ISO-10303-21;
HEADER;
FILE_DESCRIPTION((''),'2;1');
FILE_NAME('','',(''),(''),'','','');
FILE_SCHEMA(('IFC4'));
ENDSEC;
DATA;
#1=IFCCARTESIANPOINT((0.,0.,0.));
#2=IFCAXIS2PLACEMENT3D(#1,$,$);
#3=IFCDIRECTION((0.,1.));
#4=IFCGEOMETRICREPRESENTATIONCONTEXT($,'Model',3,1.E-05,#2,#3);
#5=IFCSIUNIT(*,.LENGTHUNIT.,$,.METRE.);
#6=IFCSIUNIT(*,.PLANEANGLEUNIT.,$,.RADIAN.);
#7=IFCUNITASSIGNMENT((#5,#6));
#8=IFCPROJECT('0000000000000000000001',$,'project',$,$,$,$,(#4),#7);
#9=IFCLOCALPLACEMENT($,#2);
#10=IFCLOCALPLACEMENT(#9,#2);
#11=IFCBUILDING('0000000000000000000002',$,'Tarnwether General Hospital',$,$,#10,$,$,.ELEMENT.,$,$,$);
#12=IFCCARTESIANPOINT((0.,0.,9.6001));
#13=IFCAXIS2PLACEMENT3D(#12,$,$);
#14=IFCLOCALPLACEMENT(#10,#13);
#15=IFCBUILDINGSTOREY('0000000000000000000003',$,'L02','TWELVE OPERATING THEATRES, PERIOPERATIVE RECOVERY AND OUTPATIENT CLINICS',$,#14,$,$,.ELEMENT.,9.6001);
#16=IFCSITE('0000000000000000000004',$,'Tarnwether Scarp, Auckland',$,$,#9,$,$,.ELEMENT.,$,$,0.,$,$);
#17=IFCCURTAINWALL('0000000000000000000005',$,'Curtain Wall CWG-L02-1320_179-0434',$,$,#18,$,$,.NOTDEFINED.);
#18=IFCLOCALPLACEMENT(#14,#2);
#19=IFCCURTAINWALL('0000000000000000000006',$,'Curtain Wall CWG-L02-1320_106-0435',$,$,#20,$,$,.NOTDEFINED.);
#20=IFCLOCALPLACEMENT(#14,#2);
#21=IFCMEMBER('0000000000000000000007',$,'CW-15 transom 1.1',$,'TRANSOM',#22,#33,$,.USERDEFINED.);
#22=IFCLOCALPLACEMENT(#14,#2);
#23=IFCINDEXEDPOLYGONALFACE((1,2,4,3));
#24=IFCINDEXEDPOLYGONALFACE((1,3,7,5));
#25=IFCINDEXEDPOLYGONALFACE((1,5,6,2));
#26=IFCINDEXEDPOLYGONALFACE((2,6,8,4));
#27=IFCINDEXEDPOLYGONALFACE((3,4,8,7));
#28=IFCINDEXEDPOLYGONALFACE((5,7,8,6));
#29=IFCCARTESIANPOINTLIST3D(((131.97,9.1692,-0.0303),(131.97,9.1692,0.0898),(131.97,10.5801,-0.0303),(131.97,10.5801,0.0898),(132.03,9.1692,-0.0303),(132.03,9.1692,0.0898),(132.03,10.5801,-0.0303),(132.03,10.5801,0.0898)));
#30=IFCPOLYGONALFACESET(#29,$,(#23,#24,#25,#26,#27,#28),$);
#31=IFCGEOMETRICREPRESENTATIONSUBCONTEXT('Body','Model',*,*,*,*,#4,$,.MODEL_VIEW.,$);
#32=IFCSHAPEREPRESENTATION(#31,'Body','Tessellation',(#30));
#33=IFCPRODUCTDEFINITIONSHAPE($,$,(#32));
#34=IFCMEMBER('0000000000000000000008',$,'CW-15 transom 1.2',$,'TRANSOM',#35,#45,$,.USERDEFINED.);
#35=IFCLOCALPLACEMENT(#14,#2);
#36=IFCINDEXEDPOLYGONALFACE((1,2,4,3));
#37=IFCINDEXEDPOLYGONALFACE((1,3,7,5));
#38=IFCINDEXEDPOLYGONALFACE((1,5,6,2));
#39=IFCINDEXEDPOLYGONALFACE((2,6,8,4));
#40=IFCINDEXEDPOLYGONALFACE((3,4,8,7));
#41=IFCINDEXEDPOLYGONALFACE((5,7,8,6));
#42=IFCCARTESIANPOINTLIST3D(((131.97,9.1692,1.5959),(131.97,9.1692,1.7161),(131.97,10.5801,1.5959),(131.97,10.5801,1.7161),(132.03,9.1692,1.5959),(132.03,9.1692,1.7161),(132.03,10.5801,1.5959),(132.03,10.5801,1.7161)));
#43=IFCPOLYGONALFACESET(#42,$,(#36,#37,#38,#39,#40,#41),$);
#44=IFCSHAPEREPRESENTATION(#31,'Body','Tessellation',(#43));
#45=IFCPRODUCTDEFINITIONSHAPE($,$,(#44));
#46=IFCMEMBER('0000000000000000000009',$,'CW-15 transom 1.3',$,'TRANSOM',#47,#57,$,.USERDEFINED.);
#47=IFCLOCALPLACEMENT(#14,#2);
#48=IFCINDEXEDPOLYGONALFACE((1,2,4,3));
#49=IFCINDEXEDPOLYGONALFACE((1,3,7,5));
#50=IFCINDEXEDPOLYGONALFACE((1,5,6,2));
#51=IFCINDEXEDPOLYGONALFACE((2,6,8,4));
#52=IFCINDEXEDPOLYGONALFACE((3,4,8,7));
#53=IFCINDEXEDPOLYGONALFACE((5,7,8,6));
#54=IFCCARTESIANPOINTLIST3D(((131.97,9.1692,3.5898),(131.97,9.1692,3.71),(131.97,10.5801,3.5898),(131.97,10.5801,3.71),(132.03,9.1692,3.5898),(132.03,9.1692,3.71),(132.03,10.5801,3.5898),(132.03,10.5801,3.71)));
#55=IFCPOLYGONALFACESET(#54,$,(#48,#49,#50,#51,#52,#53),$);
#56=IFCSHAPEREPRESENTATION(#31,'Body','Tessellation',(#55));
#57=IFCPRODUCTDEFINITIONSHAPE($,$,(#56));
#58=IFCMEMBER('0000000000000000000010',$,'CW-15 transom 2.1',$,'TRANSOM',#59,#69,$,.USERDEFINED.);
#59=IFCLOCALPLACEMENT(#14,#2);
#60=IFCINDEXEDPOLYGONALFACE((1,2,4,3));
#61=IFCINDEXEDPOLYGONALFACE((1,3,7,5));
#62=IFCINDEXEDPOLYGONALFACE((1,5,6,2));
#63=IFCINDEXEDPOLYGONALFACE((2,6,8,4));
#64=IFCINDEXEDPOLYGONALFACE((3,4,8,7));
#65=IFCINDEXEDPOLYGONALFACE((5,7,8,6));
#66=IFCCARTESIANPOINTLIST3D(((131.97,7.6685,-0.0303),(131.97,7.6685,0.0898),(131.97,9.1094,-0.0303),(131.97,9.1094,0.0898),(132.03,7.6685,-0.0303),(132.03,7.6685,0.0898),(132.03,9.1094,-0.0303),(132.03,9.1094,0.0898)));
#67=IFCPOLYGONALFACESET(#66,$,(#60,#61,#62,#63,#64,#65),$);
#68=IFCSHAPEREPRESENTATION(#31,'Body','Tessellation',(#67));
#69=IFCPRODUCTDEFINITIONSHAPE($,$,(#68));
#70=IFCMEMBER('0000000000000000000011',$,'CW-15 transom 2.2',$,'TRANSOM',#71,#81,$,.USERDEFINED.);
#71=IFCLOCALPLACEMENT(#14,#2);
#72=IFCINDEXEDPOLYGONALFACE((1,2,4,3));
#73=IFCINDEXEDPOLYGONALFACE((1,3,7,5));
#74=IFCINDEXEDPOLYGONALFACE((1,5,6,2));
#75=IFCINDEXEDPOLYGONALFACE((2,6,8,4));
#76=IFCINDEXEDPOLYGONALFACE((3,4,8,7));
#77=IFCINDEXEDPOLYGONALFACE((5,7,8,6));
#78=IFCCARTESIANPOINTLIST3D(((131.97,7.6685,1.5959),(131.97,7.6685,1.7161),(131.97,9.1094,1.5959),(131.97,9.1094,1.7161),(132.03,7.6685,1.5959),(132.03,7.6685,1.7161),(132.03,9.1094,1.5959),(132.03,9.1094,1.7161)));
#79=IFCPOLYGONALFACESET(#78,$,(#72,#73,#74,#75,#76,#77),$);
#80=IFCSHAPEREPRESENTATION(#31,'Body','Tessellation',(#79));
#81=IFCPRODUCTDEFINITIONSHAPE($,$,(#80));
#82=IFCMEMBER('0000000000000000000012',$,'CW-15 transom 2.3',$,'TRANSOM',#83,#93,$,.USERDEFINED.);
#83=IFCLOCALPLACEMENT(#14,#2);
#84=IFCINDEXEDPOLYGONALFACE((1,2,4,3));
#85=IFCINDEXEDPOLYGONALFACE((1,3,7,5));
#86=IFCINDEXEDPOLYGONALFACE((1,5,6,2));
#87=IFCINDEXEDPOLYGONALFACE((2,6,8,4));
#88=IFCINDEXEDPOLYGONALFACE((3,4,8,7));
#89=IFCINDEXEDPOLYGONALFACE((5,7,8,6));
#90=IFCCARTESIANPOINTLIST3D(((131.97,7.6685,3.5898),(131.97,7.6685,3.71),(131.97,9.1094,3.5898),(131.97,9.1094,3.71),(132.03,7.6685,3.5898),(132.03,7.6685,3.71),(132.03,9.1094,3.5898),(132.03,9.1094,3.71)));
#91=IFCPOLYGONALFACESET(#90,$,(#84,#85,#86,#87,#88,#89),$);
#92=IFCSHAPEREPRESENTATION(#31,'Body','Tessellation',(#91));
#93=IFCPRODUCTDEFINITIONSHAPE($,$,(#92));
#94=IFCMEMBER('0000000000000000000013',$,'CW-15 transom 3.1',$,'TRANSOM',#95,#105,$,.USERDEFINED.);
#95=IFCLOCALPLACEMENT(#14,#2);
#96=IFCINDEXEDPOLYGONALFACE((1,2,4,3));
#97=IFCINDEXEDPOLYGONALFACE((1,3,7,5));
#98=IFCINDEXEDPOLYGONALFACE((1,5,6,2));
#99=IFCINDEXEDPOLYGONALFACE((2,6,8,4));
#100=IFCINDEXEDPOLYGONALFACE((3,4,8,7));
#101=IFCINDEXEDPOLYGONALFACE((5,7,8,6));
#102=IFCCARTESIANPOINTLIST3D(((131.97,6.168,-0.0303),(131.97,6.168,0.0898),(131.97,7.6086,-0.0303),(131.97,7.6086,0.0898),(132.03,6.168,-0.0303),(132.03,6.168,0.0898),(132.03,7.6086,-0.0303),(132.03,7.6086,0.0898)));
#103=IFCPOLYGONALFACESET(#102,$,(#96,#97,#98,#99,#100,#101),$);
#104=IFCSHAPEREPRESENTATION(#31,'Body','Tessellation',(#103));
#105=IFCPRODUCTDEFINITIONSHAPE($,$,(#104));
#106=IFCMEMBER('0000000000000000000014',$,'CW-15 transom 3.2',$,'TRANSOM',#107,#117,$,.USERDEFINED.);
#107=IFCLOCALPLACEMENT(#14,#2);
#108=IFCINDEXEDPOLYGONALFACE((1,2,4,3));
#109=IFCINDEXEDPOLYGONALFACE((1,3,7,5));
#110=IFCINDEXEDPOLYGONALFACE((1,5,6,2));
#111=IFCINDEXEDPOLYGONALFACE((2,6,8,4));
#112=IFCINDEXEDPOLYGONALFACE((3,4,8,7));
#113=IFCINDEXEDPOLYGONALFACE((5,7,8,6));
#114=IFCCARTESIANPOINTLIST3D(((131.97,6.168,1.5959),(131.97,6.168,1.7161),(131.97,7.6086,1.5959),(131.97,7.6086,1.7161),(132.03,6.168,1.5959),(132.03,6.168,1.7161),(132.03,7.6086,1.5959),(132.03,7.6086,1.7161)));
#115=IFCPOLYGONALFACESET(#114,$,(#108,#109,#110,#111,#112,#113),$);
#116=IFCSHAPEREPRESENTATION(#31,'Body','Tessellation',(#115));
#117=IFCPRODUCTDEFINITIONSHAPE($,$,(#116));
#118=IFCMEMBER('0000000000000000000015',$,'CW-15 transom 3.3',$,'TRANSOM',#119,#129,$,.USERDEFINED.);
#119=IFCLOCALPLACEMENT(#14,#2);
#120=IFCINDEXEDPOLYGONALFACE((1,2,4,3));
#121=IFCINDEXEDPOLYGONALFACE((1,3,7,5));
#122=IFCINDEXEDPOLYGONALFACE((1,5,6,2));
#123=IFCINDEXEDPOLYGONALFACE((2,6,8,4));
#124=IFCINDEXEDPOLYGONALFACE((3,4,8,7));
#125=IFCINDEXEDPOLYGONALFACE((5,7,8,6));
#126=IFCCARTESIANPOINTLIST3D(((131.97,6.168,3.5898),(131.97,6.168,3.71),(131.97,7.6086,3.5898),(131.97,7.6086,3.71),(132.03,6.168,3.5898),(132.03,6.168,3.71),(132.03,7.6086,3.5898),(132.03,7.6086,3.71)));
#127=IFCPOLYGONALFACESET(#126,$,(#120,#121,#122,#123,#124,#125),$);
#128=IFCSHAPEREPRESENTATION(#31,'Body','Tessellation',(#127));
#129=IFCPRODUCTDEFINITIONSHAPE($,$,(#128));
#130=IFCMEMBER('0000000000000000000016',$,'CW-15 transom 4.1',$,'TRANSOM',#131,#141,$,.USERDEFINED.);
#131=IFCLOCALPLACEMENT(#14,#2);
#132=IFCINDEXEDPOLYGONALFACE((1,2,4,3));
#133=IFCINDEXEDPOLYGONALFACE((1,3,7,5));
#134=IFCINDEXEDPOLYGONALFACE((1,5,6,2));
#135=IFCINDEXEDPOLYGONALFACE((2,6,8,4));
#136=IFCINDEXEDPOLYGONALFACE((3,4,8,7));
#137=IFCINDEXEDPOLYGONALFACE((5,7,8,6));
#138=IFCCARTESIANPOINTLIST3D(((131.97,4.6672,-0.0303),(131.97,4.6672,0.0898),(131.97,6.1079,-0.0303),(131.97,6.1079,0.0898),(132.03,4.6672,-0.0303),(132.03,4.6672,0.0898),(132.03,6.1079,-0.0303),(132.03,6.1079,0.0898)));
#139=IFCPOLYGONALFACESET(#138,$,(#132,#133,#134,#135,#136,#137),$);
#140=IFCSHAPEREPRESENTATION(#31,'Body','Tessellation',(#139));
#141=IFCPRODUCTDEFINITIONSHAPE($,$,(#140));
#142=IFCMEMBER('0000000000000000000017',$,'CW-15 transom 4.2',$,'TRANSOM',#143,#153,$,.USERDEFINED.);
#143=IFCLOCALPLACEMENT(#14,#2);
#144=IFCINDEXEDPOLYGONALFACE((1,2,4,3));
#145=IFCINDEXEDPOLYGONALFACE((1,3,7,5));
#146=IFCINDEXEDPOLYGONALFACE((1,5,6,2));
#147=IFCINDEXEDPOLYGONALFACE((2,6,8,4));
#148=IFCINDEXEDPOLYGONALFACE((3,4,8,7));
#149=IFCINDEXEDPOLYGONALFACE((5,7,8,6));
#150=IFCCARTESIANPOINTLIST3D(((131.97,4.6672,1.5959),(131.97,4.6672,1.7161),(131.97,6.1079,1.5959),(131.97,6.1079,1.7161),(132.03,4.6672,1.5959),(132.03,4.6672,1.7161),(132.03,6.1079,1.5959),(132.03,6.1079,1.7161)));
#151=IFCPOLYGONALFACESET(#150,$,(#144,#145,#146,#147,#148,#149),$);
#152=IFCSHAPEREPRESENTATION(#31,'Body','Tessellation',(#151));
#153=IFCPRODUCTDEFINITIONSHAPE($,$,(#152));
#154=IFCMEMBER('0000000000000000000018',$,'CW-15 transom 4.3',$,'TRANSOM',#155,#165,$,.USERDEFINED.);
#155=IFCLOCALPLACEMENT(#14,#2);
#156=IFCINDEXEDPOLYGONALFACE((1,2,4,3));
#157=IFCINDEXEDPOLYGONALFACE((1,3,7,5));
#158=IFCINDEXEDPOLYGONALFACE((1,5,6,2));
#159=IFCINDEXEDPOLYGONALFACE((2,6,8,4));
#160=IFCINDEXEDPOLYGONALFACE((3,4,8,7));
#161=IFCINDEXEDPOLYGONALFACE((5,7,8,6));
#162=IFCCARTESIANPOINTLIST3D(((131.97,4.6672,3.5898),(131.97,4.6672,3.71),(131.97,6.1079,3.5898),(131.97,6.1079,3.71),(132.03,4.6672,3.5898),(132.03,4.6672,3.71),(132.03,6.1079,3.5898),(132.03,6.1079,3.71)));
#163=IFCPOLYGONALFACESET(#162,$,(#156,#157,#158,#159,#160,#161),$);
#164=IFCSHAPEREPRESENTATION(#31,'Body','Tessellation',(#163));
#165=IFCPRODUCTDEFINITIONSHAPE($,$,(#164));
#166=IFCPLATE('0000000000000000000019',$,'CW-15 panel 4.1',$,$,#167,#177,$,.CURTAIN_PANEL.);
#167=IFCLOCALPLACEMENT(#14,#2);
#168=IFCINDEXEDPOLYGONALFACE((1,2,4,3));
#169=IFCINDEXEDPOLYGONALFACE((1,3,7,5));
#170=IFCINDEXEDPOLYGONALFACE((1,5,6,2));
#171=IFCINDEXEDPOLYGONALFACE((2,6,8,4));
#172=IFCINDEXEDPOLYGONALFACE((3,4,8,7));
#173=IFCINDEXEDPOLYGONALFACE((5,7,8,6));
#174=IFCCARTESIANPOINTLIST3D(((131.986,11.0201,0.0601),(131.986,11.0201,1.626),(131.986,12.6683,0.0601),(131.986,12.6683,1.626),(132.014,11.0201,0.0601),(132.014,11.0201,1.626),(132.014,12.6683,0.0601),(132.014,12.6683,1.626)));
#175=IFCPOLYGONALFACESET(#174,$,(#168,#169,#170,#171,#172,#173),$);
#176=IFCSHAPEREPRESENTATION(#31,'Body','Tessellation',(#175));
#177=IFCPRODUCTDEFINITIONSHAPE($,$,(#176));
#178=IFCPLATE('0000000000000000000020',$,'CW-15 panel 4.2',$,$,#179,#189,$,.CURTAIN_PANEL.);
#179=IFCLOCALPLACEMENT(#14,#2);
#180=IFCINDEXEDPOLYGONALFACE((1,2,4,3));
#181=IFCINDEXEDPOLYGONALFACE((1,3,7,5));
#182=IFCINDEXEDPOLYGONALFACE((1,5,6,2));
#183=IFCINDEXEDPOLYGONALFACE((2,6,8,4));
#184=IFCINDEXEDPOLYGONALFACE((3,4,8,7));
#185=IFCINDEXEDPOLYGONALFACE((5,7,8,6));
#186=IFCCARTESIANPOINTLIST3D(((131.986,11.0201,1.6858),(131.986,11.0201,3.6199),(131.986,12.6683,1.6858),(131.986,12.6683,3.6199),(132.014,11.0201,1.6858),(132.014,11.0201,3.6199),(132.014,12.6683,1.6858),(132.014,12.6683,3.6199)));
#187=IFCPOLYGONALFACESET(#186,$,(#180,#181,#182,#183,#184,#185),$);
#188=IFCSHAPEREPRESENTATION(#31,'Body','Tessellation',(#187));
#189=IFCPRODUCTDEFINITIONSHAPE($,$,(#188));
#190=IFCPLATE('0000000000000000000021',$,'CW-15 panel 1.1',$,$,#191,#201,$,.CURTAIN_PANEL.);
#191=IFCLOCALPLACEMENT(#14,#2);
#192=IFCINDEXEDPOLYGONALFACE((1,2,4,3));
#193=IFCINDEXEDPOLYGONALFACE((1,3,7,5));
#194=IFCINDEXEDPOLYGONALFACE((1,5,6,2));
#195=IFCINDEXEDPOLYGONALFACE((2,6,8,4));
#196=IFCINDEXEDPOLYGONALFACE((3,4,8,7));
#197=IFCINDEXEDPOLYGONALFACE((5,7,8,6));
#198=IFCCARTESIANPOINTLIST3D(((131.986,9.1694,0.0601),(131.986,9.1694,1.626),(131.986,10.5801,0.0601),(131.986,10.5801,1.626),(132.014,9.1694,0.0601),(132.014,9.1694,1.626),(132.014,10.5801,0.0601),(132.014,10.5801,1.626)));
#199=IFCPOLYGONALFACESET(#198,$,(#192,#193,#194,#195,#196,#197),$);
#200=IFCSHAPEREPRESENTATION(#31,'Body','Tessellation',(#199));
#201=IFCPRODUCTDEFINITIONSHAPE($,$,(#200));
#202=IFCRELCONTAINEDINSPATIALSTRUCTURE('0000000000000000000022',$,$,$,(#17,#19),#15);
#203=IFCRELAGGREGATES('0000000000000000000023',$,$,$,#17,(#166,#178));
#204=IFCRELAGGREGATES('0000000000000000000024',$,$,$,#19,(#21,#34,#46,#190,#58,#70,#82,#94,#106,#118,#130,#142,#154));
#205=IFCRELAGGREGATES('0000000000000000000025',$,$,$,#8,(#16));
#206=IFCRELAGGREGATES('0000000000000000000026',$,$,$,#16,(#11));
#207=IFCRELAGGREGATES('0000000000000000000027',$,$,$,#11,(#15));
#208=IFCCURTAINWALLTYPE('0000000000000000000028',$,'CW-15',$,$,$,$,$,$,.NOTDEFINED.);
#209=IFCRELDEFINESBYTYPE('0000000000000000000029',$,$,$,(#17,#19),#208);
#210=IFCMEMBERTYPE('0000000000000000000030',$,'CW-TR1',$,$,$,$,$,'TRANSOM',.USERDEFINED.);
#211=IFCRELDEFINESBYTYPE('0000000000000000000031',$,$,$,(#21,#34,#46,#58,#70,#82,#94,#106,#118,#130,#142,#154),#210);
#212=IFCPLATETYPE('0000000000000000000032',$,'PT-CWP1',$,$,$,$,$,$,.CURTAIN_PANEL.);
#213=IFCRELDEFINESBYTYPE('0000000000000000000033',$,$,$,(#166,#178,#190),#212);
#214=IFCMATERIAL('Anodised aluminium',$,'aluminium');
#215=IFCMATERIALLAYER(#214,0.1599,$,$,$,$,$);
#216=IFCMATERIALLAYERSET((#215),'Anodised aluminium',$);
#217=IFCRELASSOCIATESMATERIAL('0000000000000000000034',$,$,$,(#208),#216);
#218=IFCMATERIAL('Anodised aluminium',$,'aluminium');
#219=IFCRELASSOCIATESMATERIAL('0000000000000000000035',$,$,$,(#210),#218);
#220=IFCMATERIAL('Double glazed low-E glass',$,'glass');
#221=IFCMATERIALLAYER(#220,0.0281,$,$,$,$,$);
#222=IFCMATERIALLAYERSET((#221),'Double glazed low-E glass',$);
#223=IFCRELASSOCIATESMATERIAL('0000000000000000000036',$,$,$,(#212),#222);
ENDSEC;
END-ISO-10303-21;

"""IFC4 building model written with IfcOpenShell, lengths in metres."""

from ifc_helpers import new_model, si_unit, direction, frame, origin, origin_2d, place, context, subcontext, project, spatial, rectangle, extrude, material, layer, layer_set, material_profile, profile_set, type_object, element, aggregate, save


model = new_model("IFC4")

# Units and contexts
model_context = context("Model", 3, precision=1e-05, world=origin(), true_north=direction((0.0, 1.0)))
body_context = subcontext(model_context, "Body", "Model", "MODEL_VIEW")
ifc_project = project(units=[si_unit("LENGTHUNIT", "METRE"), si_unit("PLANEANGLEUNIT", "RADIAN")], contexts=[model_context])

# Site, building, storey
site_placement = place(None, origin())
site = spatial("IfcSite", under=ifc_project, at=site_placement, Name="Tarnwether Scarp, Auckland", CompositionType="ELEMENT", RefElevation=0.0)
building_placement = place(site_placement, origin())
building = spatial("IfcBuilding", under=site, at=building_placement, Name="Tarnwether General Hospital", CompositionType="ELEMENT")
storey_placement = place(building_placement, frame((0.0, 0.0, 9.6001)))
storey = spatial("IfcBuildingStorey", under=building, at=storey_placement, Name="L02", Description="TWELVE OPERATING THEATRES, PERIOPERATIVE RECOVERY AND OUTPATIENT CLINICS", CompositionType="ELEMENT", Elevation=9.6001)

# Curtain walls
ifc_material_1 = material(Name="Anodised aluminium", Category="aluminium")
ifc_layer_1 = layer(ifc_material_1, 0.1599)
ifc_layer_set_1 = layer_set([ifc_layer_1], Name="Anodised aluminium")
curtain_wall_type = type_object("IfcCurtainWallType", Name="CW-15", PredefinedType="NOTDEFINED", material=ifc_layer_set_1)
curtain_wall_1_placement = place(storey_placement, origin())
curtain_wall_1 = element("IfcCurtainWall", 1, at=curtain_wall_1_placement, inside=storey, type_object=curtain_wall_type, Name="Curtain Wall CWG-L02-1320_179-0434", PredefinedType="NOTDEFINED")
curtain_wall_2_placement = place(storey_placement, origin())
curtain_wall_2 = element("IfcCurtainWall", 2, at=curtain_wall_2_placement, inside=storey, type_object=curtain_wall_type, Name="Curtain Wall CWG-L02-1320_106-0435", PredefinedType="NOTDEFINED")

# Members
ifc_material_2 = material(Name="Anodised aluminium", Category="aluminium")
ifc_material_profile_1 = material_profile(ifc_material_2, rectangle(XDim=0.0601, YDim=0.1201, at=origin_2d()), Name="ALU-TRN-60x120")
ifc_profile_set_1 = profile_set([ifc_material_profile_1], Name="Anodised aluminium")
member_type_1 = type_object("IfcMemberType", Name="CW-TR1", ElementType="TRANSOM", PredefinedType="USERDEFINED", material=ifc_profile_set_1)
member_1_placement = place(storey_placement, frame((132.0, 10.5801, 0.0298), z_axis=(0.0, -1.0, 0.0), x_axis=(1.0, 0.0, 0.0)))
member_1 = element("IfcMember", 3, at=member_1_placement, type_object=member_type_1, Name="CW-15 transom 1.1", ObjectType="TRANSOM", PredefinedType="USERDEFINED", context=body_context, shape_type="SweptSolid", body=[
    extrude(rectangle(XDim=0.0601, YDim=0.1201, at=origin_2d()), origin(), (0.0, 0.0, 1.0), 1.4109),
])
member_2_placement = place(storey_placement, frame((132.0, 10.5801, 1.656), z_axis=(0.0, -1.0, 0.0), x_axis=(1.0, 0.0, 0.0)))
member_2 = element("IfcMember", 4, at=member_2_placement, type_object=member_type_1, Name="CW-15 transom 1.2", ObjectType="TRANSOM", PredefinedType="USERDEFINED", context=body_context, shape_type="SweptSolid", body=[
    extrude(rectangle(XDim=0.0601, YDim=0.1201, at=origin_2d()), origin(), (0.0, 0.0, 1.0), 1.4109),
])
member_3_placement = place(storey_placement, frame((132.0, 10.5801, 3.6499), z_axis=(0.0, -1.0, 0.0), x_axis=(1.0, 0.0, 0.0)))
member_3 = element("IfcMember", 5, at=member_3_placement, type_object=member_type_1, Name="CW-15 transom 1.3", ObjectType="TRANSOM", PredefinedType="USERDEFINED", context=body_context, shape_type="SweptSolid", body=[
    extrude(rectangle(XDim=0.0601, YDim=0.1201, at=origin_2d()), origin(), (0.0, 0.0, 1.0), 1.4109),
])
member_4_placement = place(storey_placement, frame((132.0, 9.1094, 0.0298), z_axis=(0.0, -1.0, 0.0), x_axis=(1.0, 0.0, 0.0)))
member_4 = element("IfcMember", 6, at=member_4_placement, type_object=member_type_1, Name="CW-15 transom 2.1", ObjectType="TRANSOM", PredefinedType="USERDEFINED", context=body_context, shape_type="SweptSolid", body=[
    extrude(rectangle(XDim=0.0601, YDim=0.1201, at=origin_2d()), origin(), (0.0, 0.0, 1.0), 1.4409),
])
member_5_placement = place(storey_placement, frame((132.0, 9.1094, 1.656), z_axis=(0.0, -1.0, 0.0), x_axis=(1.0, 0.0, 0.0)))
member_5 = element("IfcMember", 7, at=member_5_placement, type_object=member_type_1, Name="CW-15 transom 2.2", ObjectType="TRANSOM", PredefinedType="USERDEFINED", context=body_context, shape_type="SweptSolid", body=[
    extrude(rectangle(XDim=0.0601, YDim=0.1201, at=origin_2d()), origin(), (0.0, 0.0, 1.0), 1.4409),
])
member_6_placement = place(storey_placement, frame((132.0, 9.1094, 3.6499), z_axis=(0.0, -1.0, 0.0), x_axis=(1.0, 0.0, 0.0)))
member_6 = element("IfcMember", 8, at=member_6_placement, type_object=member_type_1, Name="CW-15 transom 2.3", ObjectType="TRANSOM", PredefinedType="USERDEFINED", context=body_context, shape_type="SweptSolid", body=[
    extrude(rectangle(XDim=0.0601, YDim=0.1201, at=origin_2d()), origin(), (0.0, 0.0, 1.0), 1.4409),
])
member_7_placement = place(storey_placement, frame((132.0, 7.6086, 0.0298), z_axis=(0.0, -1.0, 0.0), x_axis=(1.0, 0.0, 0.0)))
member_7 = element("IfcMember", 9, at=member_7_placement, type_object=member_type_1, Name="CW-15 transom 3.1", ObjectType="TRANSOM", PredefinedType="USERDEFINED", context=body_context, shape_type="SweptSolid", body=[
    extrude(rectangle(XDim=0.0601, YDim=0.1201, at=origin_2d()), origin(), (0.0, 0.0, 1.0), 1.4407),
])
member_8_placement = place(storey_placement, frame((132.0, 7.6086, 1.656), z_axis=(0.0, -1.0, 0.0), x_axis=(1.0, 0.0, 0.0)))
member_8 = element("IfcMember", 10, at=member_8_placement, type_object=member_type_1, Name="CW-15 transom 3.2", ObjectType="TRANSOM", PredefinedType="USERDEFINED", context=body_context, shape_type="SweptSolid", body=[
    extrude(rectangle(XDim=0.0601, YDim=0.1201, at=origin_2d()), origin(), (0.0, 0.0, 1.0), 1.4407),
])
member_9_placement = place(storey_placement, frame((132.0, 7.6086, 3.6499), z_axis=(0.0, -1.0, 0.0), x_axis=(1.0, 0.0, 0.0)))
member_9 = element("IfcMember", 11, at=member_9_placement, type_object=member_type_1, Name="CW-15 transom 3.3", ObjectType="TRANSOM", PredefinedType="USERDEFINED", context=body_context, shape_type="SweptSolid", body=[
    extrude(rectangle(XDim=0.0601, YDim=0.1201, at=origin_2d()), origin(), (0.0, 0.0, 1.0), 1.4407),
])
member_10_placement = place(storey_placement, frame((132.0, 6.1079, 0.0298), z_axis=(0.0, -1.0, 0.0), x_axis=(1.0, 0.0, 0.0)))
member_10 = element("IfcMember", 12, at=member_10_placement, type_object=member_type_1, Name="CW-15 transom 4.1", ObjectType="TRANSOM", PredefinedType="USERDEFINED", context=body_context, shape_type="SweptSolid", body=[
    extrude(rectangle(XDim=0.0601, YDim=0.1201, at=origin_2d()), origin(), (0.0, 0.0, 1.0), 1.4407),
])
member_11_placement = place(storey_placement, frame((132.0, 6.1079, 1.656), z_axis=(0.0, -1.0, 0.0), x_axis=(1.0, 0.0, 0.0)))
member_11 = element("IfcMember", 13, at=member_11_placement, type_object=member_type_1, Name="CW-15 transom 4.2", ObjectType="TRANSOM", PredefinedType="USERDEFINED", context=body_context, shape_type="SweptSolid", body=[
    extrude(rectangle(XDim=0.0601, YDim=0.1201, at=origin_2d()), origin(), (0.0, 0.0, 1.0), 1.4407),
])
member_12_placement = place(storey_placement, frame((132.0, 6.1079, 3.6499), z_axis=(0.0, -1.0, 0.0), x_axis=(1.0, 0.0, 0.0)))
member_12 = element("IfcMember", 14, at=member_12_placement, type_object=member_type_1, Name="CW-15 transom 4.3", ObjectType="TRANSOM", PredefinedType="USERDEFINED", context=body_context, shape_type="SweptSolid", body=[
    extrude(rectangle(XDim=0.0601, YDim=0.1201, at=origin_2d()), origin(), (0.0, 0.0, 1.0), 1.4407),
])

# Plates
ifc_material_3 = material(Name="Double glazed low-E glass", Category="glass")
ifc_layer_2 = layer(ifc_material_3, 0.0281)
ifc_layer_set_2 = layer_set([ifc_layer_2], Name="Double glazed low-E glass")
plate_type = type_object("IfcPlateType", Name="PT-CWP1", PredefinedType="CURTAIN_PANEL", material=ifc_layer_set_2)
plate_1_placement = place(storey_placement, frame((132.0, 11.8442, 0.0601), z_axis=(0.0, 0.0, 1.0), x_axis=(0.0, -1.0, 0.0)))
plate_1 = element("IfcPlate", 15, at=plate_1_placement, type_object=plate_type, Name="CW-15 panel 4.1", PredefinedType="CURTAIN_PANEL", context=body_context, shape_type="SweptSolid", body=[
    extrude(rectangle(XDim=1.6482, YDim=0.0281, at=origin_2d()), origin(), (0.0, 0.0, 1.0), 1.5659),
])
plate_2_placement = place(storey_placement, frame((132.0, 11.8442, 1.6858), z_axis=(0.0, 0.0, 1.0), x_axis=(0.0, -1.0, 0.0)))
plate_2 = element("IfcPlate", 16, at=plate_2_placement, type_object=plate_type, Name="CW-15 panel 4.2", PredefinedType="CURTAIN_PANEL", context=body_context, shape_type="SweptSolid", body=[
    extrude(rectangle(XDim=1.6482, YDim=0.0281, at=origin_2d()), origin(), (0.0, 0.0, 1.0), 1.9341),
])
aggregate(curtain_wall_1, [plate_1, plate_2])
plate_3_placement = place(storey_placement, frame((132.0, 9.8748, 0.0601), z_axis=(0.0, 0.0, 1.0), x_axis=(0.0, -1.0, 0.0)))
plate_3 = element("IfcPlate", 17, at=plate_3_placement, type_object=plate_type, Name="CW-15 panel 1.1", PredefinedType="CURTAIN_PANEL", context=body_context, shape_type="SweptSolid", body=[
    extrude(rectangle(XDim=1.4106, YDim=0.0281, at=origin_2d()), origin(), (0.0, 0.0, 1.0), 1.5659),
])
aggregate(curtain_wall_2, [member_1, member_2, member_3, plate_3, member_4, member_5, member_6, member_7, member_8, member_9, member_10, member_11, member_12])

save(model, "model.ifc")
